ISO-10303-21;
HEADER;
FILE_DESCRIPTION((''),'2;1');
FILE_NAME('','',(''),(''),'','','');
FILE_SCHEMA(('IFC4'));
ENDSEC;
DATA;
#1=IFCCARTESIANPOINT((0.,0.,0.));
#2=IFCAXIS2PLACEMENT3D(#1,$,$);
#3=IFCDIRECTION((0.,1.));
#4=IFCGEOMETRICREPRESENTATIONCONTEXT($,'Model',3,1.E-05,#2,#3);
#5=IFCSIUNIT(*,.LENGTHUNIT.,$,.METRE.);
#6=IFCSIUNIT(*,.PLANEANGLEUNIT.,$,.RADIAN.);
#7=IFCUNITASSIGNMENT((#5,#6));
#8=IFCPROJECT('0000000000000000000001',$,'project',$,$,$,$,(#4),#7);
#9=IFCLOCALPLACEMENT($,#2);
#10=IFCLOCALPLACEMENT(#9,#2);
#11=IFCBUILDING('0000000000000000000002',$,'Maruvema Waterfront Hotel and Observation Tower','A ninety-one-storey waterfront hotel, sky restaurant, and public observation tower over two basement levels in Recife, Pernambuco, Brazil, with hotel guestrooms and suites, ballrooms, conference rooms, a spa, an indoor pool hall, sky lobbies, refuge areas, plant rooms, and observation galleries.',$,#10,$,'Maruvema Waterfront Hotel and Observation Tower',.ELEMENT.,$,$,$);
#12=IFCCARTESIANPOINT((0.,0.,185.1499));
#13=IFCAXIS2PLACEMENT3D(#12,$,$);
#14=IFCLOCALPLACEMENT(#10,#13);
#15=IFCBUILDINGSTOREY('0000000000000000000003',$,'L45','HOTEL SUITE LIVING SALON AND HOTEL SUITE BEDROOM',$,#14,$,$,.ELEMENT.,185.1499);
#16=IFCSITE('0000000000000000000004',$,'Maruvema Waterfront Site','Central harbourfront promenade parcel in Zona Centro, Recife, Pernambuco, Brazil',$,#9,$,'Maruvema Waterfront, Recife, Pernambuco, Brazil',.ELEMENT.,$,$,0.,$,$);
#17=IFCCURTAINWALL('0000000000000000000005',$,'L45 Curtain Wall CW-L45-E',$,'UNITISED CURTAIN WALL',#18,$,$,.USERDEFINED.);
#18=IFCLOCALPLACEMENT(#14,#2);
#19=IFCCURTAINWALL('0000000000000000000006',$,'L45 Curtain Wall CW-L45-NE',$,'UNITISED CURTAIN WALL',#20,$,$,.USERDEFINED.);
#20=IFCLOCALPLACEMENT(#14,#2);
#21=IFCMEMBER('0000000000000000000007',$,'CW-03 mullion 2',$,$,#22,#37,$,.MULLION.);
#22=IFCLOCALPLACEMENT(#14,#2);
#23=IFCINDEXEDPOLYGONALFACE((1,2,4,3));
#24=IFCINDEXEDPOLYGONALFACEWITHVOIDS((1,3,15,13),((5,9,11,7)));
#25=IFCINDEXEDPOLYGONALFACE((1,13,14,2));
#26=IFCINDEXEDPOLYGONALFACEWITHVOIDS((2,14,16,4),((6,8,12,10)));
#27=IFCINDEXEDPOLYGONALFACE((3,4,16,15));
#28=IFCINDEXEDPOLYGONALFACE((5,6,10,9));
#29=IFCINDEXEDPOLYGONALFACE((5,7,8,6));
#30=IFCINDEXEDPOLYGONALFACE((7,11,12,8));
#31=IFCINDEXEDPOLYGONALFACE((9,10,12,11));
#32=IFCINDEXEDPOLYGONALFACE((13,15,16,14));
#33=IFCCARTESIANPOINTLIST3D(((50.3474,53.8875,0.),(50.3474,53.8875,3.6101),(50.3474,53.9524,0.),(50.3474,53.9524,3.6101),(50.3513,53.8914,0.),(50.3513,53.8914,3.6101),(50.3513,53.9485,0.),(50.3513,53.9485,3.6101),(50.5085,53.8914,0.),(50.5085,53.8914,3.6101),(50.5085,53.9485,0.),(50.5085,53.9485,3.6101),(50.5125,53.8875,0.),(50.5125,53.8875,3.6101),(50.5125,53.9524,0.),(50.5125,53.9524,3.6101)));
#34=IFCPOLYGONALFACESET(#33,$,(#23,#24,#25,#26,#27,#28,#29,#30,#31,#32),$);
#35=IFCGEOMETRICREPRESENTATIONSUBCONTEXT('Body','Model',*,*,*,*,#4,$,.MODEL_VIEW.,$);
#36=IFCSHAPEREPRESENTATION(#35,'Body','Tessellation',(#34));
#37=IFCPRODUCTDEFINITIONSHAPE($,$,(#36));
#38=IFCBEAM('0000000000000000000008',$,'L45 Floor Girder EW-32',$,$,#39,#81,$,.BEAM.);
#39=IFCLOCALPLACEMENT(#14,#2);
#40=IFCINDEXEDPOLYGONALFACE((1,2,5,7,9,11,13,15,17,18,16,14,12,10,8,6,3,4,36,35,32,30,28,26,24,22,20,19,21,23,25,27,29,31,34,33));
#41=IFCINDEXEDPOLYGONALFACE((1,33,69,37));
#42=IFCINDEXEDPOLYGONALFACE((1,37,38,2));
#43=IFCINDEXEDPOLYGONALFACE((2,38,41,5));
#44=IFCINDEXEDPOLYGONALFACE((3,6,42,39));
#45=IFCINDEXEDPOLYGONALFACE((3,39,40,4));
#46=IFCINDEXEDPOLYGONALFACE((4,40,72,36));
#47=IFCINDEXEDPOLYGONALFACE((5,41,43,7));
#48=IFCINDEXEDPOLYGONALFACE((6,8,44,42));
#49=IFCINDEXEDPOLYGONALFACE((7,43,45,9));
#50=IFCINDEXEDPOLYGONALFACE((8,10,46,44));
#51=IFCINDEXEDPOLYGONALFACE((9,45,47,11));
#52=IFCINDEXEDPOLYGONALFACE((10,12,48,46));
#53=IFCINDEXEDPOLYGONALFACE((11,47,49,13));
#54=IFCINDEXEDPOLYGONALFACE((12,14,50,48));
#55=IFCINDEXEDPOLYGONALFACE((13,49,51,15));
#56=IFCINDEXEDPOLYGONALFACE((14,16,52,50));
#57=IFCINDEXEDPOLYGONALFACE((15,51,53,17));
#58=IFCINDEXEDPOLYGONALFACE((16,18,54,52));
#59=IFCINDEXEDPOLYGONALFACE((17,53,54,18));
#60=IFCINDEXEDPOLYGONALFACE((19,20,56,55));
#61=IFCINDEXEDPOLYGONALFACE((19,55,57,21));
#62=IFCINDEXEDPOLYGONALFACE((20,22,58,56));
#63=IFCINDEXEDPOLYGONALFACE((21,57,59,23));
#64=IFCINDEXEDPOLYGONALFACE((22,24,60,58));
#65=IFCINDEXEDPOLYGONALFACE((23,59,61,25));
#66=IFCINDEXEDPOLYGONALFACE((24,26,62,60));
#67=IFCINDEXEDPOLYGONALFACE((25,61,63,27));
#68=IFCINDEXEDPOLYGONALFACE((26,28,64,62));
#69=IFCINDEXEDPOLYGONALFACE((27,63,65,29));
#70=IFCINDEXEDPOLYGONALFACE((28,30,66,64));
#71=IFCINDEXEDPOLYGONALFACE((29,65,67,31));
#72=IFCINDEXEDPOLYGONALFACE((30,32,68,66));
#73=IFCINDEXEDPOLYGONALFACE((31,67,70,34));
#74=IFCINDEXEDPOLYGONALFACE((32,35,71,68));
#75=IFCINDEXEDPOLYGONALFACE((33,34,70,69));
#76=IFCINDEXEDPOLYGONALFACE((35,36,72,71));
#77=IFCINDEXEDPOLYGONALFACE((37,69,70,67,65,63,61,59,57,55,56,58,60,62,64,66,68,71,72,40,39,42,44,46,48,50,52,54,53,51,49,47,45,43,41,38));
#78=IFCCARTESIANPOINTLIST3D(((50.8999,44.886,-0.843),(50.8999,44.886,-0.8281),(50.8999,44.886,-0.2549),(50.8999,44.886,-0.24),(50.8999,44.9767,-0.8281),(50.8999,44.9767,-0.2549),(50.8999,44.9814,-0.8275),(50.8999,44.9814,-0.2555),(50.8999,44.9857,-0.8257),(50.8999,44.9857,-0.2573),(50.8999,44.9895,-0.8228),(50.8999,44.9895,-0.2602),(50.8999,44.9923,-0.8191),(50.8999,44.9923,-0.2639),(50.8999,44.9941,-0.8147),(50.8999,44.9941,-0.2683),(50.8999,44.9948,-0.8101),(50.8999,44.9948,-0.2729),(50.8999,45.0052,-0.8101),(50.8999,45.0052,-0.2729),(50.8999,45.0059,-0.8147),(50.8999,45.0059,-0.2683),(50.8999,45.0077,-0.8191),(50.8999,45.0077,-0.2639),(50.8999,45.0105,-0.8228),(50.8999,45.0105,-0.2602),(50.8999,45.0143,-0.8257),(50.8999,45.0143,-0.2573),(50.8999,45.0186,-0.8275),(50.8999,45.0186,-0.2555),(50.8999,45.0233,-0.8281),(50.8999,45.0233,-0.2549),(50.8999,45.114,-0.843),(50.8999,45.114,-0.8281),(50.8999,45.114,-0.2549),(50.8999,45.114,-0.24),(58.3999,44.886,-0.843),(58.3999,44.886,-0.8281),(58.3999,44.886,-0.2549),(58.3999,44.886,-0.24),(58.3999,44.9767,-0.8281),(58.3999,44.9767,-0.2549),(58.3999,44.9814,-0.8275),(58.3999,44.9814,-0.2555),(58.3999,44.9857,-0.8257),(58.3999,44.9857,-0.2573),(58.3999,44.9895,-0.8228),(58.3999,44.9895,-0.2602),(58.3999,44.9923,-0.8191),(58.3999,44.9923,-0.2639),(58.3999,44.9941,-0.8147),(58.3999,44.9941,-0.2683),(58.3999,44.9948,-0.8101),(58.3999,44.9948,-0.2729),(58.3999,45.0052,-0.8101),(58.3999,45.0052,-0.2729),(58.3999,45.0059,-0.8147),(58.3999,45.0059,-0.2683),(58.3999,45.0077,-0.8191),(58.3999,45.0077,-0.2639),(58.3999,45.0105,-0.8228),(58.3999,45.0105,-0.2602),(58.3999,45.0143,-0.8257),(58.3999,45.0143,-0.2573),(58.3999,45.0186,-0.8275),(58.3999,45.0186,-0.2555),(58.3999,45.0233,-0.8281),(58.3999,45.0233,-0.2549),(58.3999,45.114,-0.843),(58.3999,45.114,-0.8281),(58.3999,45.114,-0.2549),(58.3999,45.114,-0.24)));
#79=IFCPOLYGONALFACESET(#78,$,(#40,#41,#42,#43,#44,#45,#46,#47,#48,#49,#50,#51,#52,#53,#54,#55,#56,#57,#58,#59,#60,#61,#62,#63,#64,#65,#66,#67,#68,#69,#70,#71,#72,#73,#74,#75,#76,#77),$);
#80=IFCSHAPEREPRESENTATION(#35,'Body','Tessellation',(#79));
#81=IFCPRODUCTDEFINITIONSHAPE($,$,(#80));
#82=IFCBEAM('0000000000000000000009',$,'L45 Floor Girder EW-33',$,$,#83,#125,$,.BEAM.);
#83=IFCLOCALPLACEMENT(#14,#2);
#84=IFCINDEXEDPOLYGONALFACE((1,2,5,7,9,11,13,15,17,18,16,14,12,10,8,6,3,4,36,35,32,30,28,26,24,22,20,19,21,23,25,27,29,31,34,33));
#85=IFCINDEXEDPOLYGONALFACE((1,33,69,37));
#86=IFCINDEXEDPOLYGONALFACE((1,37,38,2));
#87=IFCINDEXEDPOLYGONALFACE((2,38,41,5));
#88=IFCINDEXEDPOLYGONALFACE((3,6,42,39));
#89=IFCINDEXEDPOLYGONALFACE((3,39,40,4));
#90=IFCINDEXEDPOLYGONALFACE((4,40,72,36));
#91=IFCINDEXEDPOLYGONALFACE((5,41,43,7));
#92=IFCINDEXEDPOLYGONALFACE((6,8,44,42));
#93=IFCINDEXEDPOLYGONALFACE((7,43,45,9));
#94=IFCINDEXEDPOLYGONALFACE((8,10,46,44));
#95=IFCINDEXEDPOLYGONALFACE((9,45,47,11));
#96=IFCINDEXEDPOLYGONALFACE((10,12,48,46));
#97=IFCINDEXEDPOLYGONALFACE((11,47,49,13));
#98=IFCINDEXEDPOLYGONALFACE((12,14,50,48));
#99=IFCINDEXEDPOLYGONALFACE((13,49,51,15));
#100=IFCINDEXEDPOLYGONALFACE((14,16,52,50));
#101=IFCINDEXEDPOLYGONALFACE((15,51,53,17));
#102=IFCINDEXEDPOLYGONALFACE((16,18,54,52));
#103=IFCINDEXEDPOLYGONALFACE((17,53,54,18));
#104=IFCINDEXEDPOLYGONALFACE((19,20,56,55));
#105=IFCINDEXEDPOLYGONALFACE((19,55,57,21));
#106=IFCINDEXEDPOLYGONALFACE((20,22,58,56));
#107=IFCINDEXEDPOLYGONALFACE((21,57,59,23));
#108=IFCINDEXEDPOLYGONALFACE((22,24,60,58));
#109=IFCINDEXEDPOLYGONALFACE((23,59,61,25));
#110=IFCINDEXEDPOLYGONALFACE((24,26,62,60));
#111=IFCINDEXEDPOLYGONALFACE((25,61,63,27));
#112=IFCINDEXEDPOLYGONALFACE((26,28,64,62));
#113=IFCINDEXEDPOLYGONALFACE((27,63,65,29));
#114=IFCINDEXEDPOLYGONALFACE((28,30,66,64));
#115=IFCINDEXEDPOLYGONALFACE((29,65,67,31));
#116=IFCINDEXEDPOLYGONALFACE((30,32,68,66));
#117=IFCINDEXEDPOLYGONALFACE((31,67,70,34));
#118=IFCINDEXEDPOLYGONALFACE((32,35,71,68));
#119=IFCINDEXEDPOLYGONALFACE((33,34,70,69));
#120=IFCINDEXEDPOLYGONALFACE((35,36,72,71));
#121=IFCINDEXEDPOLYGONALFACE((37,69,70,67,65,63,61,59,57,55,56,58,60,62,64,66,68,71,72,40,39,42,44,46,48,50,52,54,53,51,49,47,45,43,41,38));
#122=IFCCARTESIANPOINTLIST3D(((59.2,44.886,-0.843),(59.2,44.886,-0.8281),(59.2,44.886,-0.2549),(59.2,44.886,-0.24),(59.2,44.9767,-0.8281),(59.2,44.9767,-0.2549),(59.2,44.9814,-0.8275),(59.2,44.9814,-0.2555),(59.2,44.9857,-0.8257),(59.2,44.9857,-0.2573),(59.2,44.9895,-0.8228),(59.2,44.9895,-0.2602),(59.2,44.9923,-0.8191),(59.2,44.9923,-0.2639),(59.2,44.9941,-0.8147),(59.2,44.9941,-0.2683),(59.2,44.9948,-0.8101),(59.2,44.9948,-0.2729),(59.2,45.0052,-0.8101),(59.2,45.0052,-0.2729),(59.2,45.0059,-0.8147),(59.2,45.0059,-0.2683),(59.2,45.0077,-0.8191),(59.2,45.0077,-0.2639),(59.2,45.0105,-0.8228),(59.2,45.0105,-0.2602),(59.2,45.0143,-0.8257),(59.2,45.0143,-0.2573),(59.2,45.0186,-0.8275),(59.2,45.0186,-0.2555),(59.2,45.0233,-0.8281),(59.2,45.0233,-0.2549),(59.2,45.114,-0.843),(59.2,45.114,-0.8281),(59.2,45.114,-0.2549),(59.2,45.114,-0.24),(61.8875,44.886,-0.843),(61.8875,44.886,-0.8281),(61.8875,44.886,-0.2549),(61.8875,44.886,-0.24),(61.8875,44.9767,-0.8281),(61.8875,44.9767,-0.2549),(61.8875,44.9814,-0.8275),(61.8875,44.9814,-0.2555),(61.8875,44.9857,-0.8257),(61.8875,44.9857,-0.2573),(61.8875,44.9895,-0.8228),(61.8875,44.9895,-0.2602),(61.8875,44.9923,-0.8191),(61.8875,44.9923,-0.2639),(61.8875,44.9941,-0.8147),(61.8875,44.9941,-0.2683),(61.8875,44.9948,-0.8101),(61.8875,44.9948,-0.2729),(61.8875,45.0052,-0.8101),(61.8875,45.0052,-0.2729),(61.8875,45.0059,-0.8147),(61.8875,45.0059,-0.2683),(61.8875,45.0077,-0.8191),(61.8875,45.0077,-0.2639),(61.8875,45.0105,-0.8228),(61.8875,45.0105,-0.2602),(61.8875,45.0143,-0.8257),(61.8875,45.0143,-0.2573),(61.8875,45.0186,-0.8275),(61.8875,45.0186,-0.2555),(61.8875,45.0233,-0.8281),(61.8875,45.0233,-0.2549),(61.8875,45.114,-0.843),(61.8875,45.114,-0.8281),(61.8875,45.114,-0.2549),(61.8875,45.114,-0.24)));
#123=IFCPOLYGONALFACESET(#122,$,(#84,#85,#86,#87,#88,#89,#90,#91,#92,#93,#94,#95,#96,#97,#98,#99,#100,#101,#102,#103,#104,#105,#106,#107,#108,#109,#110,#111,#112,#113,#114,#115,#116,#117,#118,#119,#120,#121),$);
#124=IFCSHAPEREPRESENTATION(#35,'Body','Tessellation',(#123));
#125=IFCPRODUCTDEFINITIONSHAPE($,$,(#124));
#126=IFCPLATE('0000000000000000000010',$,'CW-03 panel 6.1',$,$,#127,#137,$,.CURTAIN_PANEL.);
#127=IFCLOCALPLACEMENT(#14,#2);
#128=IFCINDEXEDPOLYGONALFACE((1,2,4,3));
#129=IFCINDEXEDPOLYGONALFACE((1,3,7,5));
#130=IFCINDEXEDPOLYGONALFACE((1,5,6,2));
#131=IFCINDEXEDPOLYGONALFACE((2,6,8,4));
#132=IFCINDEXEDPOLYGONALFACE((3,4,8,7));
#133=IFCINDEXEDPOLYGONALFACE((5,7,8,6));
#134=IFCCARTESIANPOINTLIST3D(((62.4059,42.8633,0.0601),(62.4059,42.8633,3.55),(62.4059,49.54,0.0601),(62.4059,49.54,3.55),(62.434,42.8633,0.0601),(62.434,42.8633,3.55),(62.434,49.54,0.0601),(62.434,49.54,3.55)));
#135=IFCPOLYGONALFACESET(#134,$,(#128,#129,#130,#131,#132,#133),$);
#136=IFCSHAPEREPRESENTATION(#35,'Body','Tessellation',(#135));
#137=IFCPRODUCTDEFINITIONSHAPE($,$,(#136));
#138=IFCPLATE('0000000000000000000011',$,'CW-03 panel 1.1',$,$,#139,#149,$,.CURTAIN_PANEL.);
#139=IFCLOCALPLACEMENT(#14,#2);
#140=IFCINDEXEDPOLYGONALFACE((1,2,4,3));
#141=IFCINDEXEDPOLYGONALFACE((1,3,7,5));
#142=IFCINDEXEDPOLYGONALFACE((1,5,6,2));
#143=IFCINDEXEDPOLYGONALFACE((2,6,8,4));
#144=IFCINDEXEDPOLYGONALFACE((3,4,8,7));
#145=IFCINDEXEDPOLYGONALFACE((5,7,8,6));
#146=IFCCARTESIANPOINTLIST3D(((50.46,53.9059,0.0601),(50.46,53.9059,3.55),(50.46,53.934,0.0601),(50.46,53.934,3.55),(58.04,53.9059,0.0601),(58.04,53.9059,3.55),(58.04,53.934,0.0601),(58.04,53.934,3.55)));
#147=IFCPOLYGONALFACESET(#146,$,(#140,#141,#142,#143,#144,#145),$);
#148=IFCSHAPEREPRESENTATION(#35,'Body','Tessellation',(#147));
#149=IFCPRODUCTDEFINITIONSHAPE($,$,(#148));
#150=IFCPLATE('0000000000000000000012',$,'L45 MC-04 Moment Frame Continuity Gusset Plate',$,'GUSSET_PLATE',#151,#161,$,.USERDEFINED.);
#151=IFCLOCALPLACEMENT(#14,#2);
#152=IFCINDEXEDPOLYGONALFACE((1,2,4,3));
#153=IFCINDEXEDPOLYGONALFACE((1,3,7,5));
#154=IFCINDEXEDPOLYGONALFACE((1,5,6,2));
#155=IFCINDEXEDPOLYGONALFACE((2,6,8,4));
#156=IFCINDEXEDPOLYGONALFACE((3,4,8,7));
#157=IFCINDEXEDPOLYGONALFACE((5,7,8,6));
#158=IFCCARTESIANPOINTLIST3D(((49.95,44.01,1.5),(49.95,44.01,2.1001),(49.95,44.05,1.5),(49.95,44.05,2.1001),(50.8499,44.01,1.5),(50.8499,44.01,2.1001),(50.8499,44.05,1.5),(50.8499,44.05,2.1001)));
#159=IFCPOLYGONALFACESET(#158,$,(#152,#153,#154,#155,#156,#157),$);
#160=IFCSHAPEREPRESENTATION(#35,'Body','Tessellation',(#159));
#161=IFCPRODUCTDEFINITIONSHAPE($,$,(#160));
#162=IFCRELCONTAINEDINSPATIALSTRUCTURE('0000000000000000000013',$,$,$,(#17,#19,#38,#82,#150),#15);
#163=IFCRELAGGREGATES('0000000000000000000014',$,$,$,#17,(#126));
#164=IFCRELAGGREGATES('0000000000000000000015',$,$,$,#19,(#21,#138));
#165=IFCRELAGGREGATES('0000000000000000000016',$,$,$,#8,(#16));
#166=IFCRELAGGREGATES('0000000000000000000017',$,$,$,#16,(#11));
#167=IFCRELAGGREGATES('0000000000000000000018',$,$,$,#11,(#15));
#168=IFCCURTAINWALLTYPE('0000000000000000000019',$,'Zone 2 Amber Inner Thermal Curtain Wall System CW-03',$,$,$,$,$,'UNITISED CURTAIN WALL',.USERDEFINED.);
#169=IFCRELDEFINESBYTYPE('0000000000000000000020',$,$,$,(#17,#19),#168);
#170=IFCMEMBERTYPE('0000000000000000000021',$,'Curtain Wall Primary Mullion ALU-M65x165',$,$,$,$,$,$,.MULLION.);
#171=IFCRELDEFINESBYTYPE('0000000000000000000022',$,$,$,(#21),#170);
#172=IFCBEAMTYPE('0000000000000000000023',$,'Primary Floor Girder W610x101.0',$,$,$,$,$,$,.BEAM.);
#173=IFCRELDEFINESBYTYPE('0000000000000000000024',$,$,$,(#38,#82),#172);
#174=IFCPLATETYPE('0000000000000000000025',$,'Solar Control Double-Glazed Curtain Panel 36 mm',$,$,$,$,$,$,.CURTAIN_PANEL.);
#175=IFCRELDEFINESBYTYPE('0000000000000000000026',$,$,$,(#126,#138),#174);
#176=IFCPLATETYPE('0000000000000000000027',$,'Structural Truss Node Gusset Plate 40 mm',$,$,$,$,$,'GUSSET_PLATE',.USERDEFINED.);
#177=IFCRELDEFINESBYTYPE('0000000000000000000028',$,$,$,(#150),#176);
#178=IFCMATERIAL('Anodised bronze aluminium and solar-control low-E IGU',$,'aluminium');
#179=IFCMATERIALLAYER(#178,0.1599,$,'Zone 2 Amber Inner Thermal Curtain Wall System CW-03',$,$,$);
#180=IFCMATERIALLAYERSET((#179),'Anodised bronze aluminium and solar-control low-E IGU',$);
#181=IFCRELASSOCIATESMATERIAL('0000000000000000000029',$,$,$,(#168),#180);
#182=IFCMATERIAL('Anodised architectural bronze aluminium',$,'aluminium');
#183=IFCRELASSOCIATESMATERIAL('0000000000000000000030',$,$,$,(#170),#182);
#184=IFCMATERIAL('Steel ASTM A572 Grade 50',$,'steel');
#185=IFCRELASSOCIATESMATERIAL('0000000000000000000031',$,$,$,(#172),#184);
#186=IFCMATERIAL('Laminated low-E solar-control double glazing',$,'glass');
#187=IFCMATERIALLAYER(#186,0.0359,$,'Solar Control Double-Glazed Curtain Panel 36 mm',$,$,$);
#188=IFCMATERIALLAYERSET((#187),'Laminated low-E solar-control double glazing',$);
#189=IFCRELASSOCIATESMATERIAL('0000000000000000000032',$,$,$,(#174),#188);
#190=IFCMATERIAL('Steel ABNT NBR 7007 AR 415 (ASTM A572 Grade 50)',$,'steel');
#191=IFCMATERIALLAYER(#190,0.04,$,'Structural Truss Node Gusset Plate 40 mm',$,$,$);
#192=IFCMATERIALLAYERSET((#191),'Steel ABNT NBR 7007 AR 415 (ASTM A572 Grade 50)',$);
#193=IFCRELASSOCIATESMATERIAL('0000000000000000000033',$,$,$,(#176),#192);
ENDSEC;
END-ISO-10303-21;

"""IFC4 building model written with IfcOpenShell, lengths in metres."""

from ifc_helpers import new_model, si_unit, direction, frame, origin, origin_2d, place, context, subcontext, project, spatial, rectangle, hollow_rectangle, i_section, extrude, material, layer, layer_set, material_profile, profile_set, type_object, element, aggregate, save


model = new_model("IFC4")

# Units and contexts
model_context = context("Model", 3, precision=1e-05, world=origin(), true_north=direction((0.0, 1.0)))
body_context = subcontext(model_context, "Body", "Model", "MODEL_VIEW")
ifc_project = project(units=[si_unit("LENGTHUNIT", "METRE"), si_unit("PLANEANGLEUNIT", "RADIAN")], contexts=[model_context])

# Site, building, storey
site_placement = place(None, origin())
site = spatial("IfcSite", under=ifc_project, at=site_placement, Name="Maruvema Waterfront Site", Description="Central harbourfront promenade parcel in Zona Centro, Recife, Pernambuco, Brazil", LongName="Maruvema Waterfront, Recife, Pernambuco, Brazil", CompositionType="ELEMENT", RefElevation=0.0)
building_placement = place(site_placement, origin())
building = spatial("IfcBuilding", under=site, at=building_placement, Name="Maruvema Waterfront Hotel and Observation Tower", Description="A ninety-one-storey waterfront hotel, sky restaurant, and public observation tower over two basement levels in Recife, Pernambuco, Brazil, with hotel guestrooms and suites, ballrooms, conference rooms, a spa, an indoor pool hall, sky lobbies, refuge areas, plant rooms, and observation galleries.", LongName="Maruvema Waterfront Hotel and Observation Tower", CompositionType="ELEMENT")
storey_placement = place(building_placement, frame((0.0, 0.0, 185.1499)))
storey = spatial("IfcBuildingStorey", under=building, at=storey_placement, Name="L45", Description="HOTEL SUITE LIVING SALON AND HOTEL SUITE BEDROOM", CompositionType="ELEMENT", Elevation=185.1499)

# Curtain walls
ifc_material_1 = material(Name="Anodised bronze aluminium and solar-control low-E IGU", Category="aluminium")
ifc_layer_1 = layer(ifc_material_1, 0.1599, Name="Zone 2 Amber Inner Thermal Curtain Wall System CW-03")
ifc_layer_set_1 = layer_set([ifc_layer_1], Name="Anodised bronze aluminium and solar-control low-E IGU")
curtain_wall_type = type_object("IfcCurtainWallType", Name="Zone 2 Amber Inner Thermal Curtain Wall System CW-03", ElementType="UNITISED CURTAIN WALL", PredefinedType="USERDEFINED", material=ifc_layer_set_1)
curtain_wall_1_placement = place(storey_placement, origin())
curtain_wall_1 = element("IfcCurtainWall", 1, at=curtain_wall_1_placement, inside=storey, type_object=curtain_wall_type, Name="L45 Curtain Wall CW-L45-E", ObjectType="UNITISED CURTAIN WALL", PredefinedType="USERDEFINED")
curtain_wall_2_placement = place(storey_placement, origin())
curtain_wall_2 = element("IfcCurtainWall", 2, at=curtain_wall_2_placement, inside=storey, type_object=curtain_wall_type, Name="L45 Curtain Wall CW-L45-NE", ObjectType="UNITISED CURTAIN WALL", PredefinedType="USERDEFINED")

# Member
ifc_material_2 = material(Name="Anodised architectural bronze aluminium", Category="aluminium")
ifc_material_profile_1 = material_profile(ifc_material_2, hollow_rectangle(XDim=0.0649, YDim=0.165, WallThickness=0.0039, at=origin_2d()), Name="ALU-M65x165")
ifc_profile_set_1 = profile_set([ifc_material_profile_1], Name="Anodised architectural bronze aluminium")
member_type_1 = type_object("IfcMemberType", Name="Curtain Wall Primary Mullion ALU-M65x165", PredefinedType="MULLION", material=ifc_profile_set_1)
member_1_placement = place(storey_placement, frame((50.4299, 53.9199, 0.0), z_axis=(0.0, 0.0, 1.0), x_axis=(0.0, -1.0, 0.0)))
member_1 = element("IfcMember", 3, at=member_1_placement, type_object=member_type_1, Name="CW-03 mullion 2", PredefinedType="MULLION", context=body_context, shape_type="SweptSolid", body=[
    extrude(hollow_rectangle(XDim=0.0649, YDim=0.165, WallThickness=0.0039, at=origin_2d()), origin(), (0.0, 0.0, 1.0), 3.6101),
])

# Beams
ifc_material_3 = material(Name="Steel ASTM A572 Grade 50", Category="steel")
ifc_material_profile_2 = material_profile(ifc_material_3, i_section(OverallWidth=0.228, OverallDepth=0.603, WebThickness=0.0105, FlangeThickness=0.0149, FilletRadius=0.0181, at=origin_2d()), Name="W610x101.0")
ifc_profile_set_2 = profile_set([ifc_material_profile_2], Name="Steel ASTM A572 Grade 50")
beam_type = type_object("IfcBeamType", Name="Primary Floor Girder W610x101.0", PredefinedType="BEAM", material=ifc_profile_set_2)
beam_1_placement = place(storey_placement, frame((50.8999, 45.0, -0.5415), z_axis=(1.0, 0.0, 0.0), x_axis=(0.0, 1.0, 0.0)))
element("IfcBeam", 4, at=beam_1_placement, inside=storey, type_object=beam_type, Name="L45 Floor Girder EW-32", PredefinedType="BEAM", context=body_context, shape_type="SweptSolid", body=[
    extrude(i_section(OverallWidth=0.228, OverallDepth=0.603, WebThickness=0.0105, FlangeThickness=0.0149, FilletRadius=0.0181, at=origin_2d()), origin(), (0.0, 0.0, 1.0), 7.5),
])
beam_2_placement = place(storey_placement, frame((59.2, 45.0, -0.5415), z_axis=(1.0, 0.0, 0.0), x_axis=(0.0, 1.0, 0.0)))
element("IfcBeam", 5, at=beam_2_placement, inside=storey, type_object=beam_type, Name="L45 Floor Girder EW-33", PredefinedType="BEAM", context=body_context, shape_type="SweptSolid", body=[
    extrude(i_section(OverallWidth=0.228, OverallDepth=0.603, WebThickness=0.0105, FlangeThickness=0.0149, FilletRadius=0.0181, at=origin_2d()), origin(), (0.0, 0.0, 1.0), 2.6875),
])

# Plates
ifc_material_4 = material(Name="Laminated low-E solar-control double glazing", Category="glass")
ifc_layer_2 = layer(ifc_material_4, 0.0359, Name="Solar Control Double-Glazed Curtain Panel 36 mm")
ifc_layer_set_2 = layer_set([ifc_layer_2], Name="Laminated low-E solar-control double glazing")
plate_type_1 = type_object("IfcPlateType", Name="Solar Control Double-Glazed Curtain Panel 36 mm", PredefinedType="CURTAIN_PANEL", material=ifc_layer_set_2)
plate_1_placement = place(storey_placement, frame((62.4199, 46.2017, 0.0601), z_axis=(0.0, 0.0, 1.0), x_axis=(0.0, 1.0, 0.0)))
plate_1 = element("IfcPlate", 6, at=plate_1_placement, type_object=plate_type_1, Name="CW-03 panel 6.1", PredefinedType="CURTAIN_PANEL", context=body_context, shape_type="SweptSolid", body=[
    extrude(rectangle(XDim=6.6768, YDim=0.0281, at=origin_2d()), origin(), (0.0, 0.0, 1.0), 3.49),
])
aggregate(curtain_wall_1, [plate_1])
plate_2_placement = place(storey_placement, frame((54.25, 53.9199, 0.0601), z_axis=(0.0, 0.0, 1.0), x_axis=(-1.0, 0.0, 0.0)))
plate_2 = element("IfcPlate", 7, at=plate_2_placement, type_object=plate_type_1, Name="CW-03 panel 1.1", PredefinedType="CURTAIN_PANEL", context=body_context, shape_type="SweptSolid", body=[
    extrude(rectangle(XDim=7.5801, YDim=0.0281, at=origin_2d()), origin(), (0.0, 0.0, 1.0), 3.49),
])
aggregate(curtain_wall_2, [member_1, plate_2])
ifc_material_5 = material(Name="Steel ABNT NBR 7007 AR 415 (ASTM A572 Grade 50)", Category="steel")
ifc_layer_3 = layer(ifc_material_5, 0.04, Name="Structural Truss Node Gusset Plate 40 mm")
ifc_layer_set_3 = layer_set([ifc_layer_3], Name="Steel ABNT NBR 7007 AR 415 (ASTM A572 Grade 50)")
plate_type_2 = type_object("IfcPlateType", Name="Structural Truss Node Gusset Plate 40 mm", ElementType="GUSSET_PLATE", PredefinedType="USERDEFINED", material=ifc_layer_set_3)
plate_3_placement = place(storey_placement, frame((50.3999, 44.03, 1.5), z_axis=(0.0, 0.0, 1.0), x_axis=(1.0, 0.0, 0.0)))
element("IfcPlate", 8, at=plate_3_placement, inside=storey, type_object=plate_type_2, Name="L45 MC-04 Moment Frame Continuity Gusset Plate", ObjectType="GUSSET_PLATE", PredefinedType="USERDEFINED", context=body_context, shape_type="SweptSolid", body=[
    extrude(rectangle(XDim=0.8999, YDim=0.04, at=origin_2d()), origin(), (0.0, 0.0, 1.0), 0.6001),
])

save(model, "model.ifc")
